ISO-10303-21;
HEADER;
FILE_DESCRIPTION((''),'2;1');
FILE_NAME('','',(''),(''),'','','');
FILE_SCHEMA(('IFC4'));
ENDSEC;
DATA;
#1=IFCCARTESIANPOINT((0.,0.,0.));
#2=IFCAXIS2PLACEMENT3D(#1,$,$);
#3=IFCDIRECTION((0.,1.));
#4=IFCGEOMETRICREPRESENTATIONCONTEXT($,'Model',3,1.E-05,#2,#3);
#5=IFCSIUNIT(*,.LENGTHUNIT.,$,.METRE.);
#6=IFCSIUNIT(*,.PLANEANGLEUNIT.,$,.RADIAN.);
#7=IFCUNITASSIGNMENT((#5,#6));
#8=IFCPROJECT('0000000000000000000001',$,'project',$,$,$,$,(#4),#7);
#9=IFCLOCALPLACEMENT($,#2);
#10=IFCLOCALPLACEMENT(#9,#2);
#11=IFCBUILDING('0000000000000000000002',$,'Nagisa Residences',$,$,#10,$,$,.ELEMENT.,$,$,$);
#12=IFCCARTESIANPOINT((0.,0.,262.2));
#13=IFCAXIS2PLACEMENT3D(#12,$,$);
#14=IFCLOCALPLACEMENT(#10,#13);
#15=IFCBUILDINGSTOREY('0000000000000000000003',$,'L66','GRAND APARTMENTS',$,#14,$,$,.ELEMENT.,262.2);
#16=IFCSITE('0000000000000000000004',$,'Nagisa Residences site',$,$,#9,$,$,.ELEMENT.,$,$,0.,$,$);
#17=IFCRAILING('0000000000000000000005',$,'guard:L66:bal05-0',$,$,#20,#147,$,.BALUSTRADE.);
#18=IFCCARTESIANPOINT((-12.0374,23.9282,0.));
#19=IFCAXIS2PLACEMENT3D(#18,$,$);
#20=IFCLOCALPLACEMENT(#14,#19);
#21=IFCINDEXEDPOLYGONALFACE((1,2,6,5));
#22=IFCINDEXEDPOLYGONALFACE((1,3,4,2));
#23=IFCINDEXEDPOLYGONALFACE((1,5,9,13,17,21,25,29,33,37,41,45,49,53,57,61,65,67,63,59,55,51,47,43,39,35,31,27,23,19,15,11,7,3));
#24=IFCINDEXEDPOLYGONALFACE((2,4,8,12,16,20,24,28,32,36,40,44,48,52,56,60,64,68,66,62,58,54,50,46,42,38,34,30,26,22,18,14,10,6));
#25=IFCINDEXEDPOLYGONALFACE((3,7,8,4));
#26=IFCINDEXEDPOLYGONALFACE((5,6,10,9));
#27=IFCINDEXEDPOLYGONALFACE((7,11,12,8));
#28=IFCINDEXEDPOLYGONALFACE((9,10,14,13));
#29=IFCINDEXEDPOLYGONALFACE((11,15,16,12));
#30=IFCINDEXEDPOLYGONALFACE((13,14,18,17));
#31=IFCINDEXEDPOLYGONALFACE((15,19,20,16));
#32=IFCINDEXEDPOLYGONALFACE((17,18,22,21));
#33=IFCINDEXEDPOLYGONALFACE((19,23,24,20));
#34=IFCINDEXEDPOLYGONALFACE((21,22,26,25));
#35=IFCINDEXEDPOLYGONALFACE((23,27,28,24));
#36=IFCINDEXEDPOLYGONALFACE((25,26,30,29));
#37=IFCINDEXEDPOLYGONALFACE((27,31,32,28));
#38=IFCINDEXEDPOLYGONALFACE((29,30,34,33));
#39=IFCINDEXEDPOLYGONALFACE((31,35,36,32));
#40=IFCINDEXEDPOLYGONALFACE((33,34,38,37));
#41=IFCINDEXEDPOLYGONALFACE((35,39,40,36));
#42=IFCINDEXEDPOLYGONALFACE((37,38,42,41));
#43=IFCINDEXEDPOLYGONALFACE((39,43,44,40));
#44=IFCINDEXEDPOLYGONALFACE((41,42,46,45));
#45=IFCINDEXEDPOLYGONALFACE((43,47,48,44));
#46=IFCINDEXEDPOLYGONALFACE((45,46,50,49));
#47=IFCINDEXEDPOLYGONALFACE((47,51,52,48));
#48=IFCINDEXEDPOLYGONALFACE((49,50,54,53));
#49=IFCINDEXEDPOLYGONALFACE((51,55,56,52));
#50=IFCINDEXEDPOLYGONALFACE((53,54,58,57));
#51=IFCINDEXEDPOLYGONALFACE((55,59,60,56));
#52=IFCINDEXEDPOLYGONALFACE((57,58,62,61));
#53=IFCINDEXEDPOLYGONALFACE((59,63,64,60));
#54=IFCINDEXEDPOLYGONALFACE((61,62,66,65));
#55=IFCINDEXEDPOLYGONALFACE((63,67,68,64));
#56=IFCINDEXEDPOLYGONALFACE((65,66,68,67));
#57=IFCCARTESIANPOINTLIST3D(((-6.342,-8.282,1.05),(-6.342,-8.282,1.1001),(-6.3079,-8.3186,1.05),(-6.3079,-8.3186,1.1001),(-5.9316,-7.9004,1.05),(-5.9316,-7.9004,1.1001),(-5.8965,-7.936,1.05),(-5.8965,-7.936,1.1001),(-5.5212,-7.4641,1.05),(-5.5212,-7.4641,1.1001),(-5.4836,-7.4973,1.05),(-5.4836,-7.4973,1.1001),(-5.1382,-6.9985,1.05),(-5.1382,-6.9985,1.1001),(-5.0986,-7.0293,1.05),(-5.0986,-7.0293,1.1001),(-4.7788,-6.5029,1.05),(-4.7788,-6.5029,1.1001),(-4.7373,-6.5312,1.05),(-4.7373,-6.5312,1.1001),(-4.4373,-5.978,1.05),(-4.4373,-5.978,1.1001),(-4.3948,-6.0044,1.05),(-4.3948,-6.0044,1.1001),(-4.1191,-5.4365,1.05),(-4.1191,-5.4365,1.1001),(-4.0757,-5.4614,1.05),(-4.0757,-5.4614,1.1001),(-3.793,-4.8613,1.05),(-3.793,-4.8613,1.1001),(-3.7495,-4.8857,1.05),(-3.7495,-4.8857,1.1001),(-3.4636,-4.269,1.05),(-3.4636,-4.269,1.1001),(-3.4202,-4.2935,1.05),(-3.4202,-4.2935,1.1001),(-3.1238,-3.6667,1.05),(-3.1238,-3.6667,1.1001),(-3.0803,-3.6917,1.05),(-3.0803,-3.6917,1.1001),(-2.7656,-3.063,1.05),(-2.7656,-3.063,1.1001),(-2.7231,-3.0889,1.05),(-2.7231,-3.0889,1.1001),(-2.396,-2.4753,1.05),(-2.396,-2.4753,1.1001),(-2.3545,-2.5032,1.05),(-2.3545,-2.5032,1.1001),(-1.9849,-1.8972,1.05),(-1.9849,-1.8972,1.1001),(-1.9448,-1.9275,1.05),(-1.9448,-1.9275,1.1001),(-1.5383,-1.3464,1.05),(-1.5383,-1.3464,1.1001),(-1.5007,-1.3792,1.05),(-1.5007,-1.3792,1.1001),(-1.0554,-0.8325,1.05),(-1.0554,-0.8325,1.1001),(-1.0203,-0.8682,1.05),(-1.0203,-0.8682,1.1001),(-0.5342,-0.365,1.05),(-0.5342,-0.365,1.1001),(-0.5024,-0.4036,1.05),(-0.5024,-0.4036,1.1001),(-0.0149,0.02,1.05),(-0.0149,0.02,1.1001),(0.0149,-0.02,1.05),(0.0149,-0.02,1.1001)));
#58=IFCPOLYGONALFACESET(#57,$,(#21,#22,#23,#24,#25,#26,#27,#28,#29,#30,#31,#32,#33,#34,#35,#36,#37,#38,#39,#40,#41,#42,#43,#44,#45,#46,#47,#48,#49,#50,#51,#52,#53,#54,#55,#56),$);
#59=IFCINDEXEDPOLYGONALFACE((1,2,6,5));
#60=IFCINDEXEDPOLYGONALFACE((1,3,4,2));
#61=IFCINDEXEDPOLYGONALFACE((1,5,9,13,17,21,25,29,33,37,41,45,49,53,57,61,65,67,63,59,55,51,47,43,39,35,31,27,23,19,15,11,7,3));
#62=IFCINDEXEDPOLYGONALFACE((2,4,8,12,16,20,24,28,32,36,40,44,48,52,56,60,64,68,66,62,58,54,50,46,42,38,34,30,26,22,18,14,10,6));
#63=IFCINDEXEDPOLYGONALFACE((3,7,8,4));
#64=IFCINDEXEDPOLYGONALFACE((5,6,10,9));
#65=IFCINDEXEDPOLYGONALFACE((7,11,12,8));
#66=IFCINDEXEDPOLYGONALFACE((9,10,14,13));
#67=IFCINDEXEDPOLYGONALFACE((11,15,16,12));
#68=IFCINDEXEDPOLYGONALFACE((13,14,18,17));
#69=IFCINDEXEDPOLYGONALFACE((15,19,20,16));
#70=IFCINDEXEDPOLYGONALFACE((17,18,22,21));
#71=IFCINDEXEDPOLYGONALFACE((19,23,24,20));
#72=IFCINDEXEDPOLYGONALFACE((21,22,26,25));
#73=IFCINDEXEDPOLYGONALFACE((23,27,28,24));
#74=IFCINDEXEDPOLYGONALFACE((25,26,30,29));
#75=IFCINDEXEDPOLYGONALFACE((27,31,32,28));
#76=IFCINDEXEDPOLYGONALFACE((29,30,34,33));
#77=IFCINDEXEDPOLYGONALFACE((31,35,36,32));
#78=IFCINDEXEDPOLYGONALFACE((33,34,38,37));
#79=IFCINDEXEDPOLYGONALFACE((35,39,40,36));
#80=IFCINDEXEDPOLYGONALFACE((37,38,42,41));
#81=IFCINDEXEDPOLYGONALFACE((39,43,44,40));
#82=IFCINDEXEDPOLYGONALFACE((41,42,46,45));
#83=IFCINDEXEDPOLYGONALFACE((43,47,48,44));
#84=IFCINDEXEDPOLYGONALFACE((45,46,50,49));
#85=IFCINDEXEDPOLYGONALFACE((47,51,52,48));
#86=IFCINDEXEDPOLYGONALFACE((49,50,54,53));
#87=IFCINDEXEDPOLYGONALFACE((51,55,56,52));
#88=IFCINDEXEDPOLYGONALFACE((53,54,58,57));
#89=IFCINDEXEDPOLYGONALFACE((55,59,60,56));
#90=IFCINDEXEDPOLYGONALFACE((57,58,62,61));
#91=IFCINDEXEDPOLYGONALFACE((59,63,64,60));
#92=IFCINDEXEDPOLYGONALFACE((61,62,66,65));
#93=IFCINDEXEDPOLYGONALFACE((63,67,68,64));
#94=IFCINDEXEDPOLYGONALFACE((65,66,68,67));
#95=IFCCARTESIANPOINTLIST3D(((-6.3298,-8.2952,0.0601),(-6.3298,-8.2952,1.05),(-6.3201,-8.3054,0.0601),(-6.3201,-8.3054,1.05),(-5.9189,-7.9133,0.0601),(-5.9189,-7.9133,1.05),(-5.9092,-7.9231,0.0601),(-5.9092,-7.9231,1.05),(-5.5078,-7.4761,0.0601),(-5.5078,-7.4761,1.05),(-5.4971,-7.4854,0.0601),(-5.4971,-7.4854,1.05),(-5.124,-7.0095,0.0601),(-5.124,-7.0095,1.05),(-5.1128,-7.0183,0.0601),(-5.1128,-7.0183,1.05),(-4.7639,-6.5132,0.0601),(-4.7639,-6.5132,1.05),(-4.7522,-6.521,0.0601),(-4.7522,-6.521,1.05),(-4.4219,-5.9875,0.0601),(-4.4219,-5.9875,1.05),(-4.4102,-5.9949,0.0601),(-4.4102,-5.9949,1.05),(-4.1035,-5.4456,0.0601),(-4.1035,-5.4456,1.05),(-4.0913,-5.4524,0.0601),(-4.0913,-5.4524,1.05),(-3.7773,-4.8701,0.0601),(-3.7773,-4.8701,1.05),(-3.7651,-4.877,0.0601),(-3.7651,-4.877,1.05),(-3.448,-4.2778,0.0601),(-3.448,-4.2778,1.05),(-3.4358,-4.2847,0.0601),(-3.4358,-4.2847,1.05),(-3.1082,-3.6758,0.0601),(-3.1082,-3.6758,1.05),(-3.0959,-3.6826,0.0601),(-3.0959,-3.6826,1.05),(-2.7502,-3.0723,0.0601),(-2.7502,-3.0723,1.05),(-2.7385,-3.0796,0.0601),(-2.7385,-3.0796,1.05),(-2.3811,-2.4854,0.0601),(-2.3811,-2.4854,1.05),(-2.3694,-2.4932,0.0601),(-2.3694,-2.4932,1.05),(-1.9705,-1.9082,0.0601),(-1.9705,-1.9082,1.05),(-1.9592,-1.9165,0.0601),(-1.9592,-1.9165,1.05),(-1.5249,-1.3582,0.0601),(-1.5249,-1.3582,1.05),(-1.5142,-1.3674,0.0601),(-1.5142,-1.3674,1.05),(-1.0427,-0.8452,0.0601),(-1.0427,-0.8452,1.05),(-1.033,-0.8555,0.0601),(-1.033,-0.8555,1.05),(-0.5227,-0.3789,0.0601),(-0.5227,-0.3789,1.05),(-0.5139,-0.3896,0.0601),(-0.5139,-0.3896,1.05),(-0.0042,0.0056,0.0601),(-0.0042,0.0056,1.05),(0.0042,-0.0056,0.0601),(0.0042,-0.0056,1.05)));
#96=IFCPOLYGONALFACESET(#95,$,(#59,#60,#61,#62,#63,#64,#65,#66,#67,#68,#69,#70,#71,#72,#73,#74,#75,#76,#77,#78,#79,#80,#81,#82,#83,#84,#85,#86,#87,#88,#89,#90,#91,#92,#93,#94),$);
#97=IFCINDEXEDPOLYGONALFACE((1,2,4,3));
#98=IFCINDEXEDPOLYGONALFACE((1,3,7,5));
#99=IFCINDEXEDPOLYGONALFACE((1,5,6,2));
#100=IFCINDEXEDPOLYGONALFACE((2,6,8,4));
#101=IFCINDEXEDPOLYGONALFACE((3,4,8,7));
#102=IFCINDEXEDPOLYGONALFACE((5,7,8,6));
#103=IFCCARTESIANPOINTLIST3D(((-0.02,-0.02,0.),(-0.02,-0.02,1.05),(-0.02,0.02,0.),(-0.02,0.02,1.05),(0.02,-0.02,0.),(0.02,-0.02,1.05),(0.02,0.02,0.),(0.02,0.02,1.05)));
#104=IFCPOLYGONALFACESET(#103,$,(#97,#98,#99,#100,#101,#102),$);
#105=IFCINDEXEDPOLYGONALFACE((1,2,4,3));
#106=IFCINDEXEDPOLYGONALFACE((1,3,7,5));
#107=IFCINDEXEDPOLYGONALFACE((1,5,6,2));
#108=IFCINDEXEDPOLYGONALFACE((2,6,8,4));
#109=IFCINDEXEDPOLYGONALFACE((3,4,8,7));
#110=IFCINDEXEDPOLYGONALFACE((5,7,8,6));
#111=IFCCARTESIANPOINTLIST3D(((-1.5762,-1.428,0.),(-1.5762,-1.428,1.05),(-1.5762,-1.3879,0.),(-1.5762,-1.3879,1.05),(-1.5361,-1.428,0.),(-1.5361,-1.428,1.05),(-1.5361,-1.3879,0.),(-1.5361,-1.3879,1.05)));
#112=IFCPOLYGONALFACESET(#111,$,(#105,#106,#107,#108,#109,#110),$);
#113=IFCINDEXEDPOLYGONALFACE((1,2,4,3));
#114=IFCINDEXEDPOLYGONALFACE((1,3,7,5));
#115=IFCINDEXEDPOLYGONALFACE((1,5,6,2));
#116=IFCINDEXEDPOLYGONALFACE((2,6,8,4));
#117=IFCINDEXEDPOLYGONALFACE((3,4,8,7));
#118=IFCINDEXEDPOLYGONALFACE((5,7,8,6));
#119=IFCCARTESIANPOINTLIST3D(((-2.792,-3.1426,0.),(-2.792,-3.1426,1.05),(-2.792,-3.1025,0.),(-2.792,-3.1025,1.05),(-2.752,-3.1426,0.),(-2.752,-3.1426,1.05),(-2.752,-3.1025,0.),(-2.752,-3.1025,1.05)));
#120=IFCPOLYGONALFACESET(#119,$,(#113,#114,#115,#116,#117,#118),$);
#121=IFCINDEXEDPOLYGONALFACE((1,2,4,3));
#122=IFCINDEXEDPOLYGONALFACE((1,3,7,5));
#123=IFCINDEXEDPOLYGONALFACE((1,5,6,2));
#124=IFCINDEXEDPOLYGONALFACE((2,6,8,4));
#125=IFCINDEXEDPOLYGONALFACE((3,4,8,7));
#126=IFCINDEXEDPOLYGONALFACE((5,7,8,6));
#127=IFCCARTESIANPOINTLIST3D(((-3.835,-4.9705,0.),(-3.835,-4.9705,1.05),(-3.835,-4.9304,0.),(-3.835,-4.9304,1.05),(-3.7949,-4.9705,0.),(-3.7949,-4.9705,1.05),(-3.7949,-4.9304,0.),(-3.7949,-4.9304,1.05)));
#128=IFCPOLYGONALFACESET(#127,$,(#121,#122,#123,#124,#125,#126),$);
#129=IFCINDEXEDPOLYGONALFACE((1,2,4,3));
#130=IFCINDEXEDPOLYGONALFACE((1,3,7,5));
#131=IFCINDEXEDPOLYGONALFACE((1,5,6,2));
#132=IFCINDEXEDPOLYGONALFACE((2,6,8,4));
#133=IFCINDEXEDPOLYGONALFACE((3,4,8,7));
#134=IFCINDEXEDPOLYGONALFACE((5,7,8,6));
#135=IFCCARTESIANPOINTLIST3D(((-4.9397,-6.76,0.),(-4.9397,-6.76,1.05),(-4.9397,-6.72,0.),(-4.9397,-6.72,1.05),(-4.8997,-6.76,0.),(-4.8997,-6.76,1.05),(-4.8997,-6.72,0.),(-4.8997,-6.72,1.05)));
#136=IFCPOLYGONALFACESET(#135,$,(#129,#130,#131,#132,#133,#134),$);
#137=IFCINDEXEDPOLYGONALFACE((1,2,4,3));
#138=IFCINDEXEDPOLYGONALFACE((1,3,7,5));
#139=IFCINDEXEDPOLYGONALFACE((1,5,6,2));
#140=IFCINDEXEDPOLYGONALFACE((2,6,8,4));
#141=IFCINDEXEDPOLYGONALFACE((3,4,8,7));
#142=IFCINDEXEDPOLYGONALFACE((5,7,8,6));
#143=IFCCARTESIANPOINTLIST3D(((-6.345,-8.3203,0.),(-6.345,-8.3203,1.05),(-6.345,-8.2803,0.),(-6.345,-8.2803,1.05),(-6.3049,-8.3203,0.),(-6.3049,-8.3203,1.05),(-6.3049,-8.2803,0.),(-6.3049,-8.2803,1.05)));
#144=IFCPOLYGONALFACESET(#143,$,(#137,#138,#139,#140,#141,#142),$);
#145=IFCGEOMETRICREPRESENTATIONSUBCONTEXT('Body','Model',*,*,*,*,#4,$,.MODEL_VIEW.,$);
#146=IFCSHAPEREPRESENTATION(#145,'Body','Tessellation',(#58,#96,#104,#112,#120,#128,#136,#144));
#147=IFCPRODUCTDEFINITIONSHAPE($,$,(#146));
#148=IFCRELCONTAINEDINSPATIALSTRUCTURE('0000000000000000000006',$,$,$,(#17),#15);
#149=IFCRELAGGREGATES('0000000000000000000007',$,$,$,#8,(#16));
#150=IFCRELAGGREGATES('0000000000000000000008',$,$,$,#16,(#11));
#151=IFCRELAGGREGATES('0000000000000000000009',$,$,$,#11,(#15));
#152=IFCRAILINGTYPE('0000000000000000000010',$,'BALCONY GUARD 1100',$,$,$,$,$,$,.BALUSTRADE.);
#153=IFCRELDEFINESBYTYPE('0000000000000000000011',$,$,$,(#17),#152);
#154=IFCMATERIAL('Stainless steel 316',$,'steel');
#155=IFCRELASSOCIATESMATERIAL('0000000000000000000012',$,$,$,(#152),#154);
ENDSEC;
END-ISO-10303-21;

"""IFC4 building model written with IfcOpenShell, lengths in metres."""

from ifc_helpers import new_model, si_unit, direction, frame, origin, origin_2d, place, context, subcontext, project, spatial, polyline, rectangle, outline, extrude, material, type_object, element, save


model = new_model("IFC4")

# Units and contexts
model_context = context("Model", 3, precision=1e-05, world=origin(), true_north=direction((0.0, 1.0)))
body_context = subcontext(model_context, "Body", "Model", "MODEL_VIEW")
ifc_project = project(units=[si_unit("LENGTHUNIT", "METRE"), si_unit("PLANEANGLEUNIT", "RADIAN")], contexts=[model_context])

# Site, building, storey
site_placement = place(None, origin())
site = spatial("IfcSite", under=ifc_project, at=site_placement, Name="Nagisa Residences site", CompositionType="ELEMENT", RefElevation=0.0)
building_placement = place(site_placement, origin())
building = spatial("IfcBuilding", under=site, at=building_placement, Name="Nagisa Residences", CompositionType="ELEMENT")
storey_placement = place(building_placement, frame((0.0, 0.0, 262.2)))
storey = spatial("IfcBuildingStorey", under=building, at=storey_placement, Name="L66", Description="GRAND APARTMENTS", CompositionType="ELEMENT", Elevation=262.2)

# Railing
ifc_material_1 = material(Name="Stainless steel 316", Category="steel")
railing_type = type_object("IfcRailingType", Name="BALCONY GUARD 1100", PredefinedType="BALUSTRADE", material=ifc_material_1)
railing_1_placement = place(storey_placement, frame((-12.0374, 23.9282, 0.0)))
element("IfcRailing", 1, at=railing_1_placement, inside=storey, type_object=railing_type, Name="guard:L66:bal05-0", PredefinedType="BALUSTRADE", context=body_context, shape_type="SweptSolid", body=[
    extrude(outline(polyline([(-0.5024, -0.4036), (0.0149, -0.02), (-0.0149, 0.02), (-0.5342, -0.365), (-1.0554, -0.8325), (-1.5383, -1.3464), (-1.9849, -1.8972), (-2.396, -2.4753), (-2.7656, -3.063), (-3.1238, -3.6667), (-3.4636, -4.269), (-3.793, -4.8613), (-4.1191, -5.4365), (-4.4373, -5.978), (-4.7788, -6.5029), (-5.1382, -6.9985), (-5.5212, -7.4641), (-5.9316, -7.9004), (-6.342, -8.282), (-6.3079, -8.3186), (-5.8965, -7.936), (-5.4836, -7.4973), (-5.0986, -7.0293), (-4.7373, -6.5312), (-4.3948, -6.0044), (-4.0757, -5.4614), (-3.7495, -4.8857), (-3.4202, -4.2935), (-3.0803, -3.6917), (-2.7231, -3.0889), (-2.3545, -2.5032), (-1.9448, -1.9275), (-1.5007, -1.3792), (-1.0203, -0.8682), (-0.5024, -0.4036)])), frame((0.0, 0.0, 1.05)), (0.0, 0.0, 1.0), 0.05),
    extrude(outline(polyline([(-0.5139, -0.3896), (0.0042, -0.0056), (-0.0042, 0.0056), (-0.5227, -0.3789), (-1.0427, -0.8452), (-1.5249, -1.3582), (-1.9705, -1.9082), (-2.3811, -2.4854), (-2.7502, -3.0723), (-3.1082, -3.6758), (-3.448, -4.2778), (-3.7773, -4.8701), (-4.1035, -5.4456), (-4.4219, -5.9875), (-4.7639, -6.5132), (-5.124, -7.0095), (-5.5078, -7.4761), (-5.9189, -7.9133), (-6.3298, -8.2952), (-6.3201, -8.3054), (-5.9092, -7.9231), (-5.4971, -7.4854), (-5.1128, -7.0183), (-4.7522, -6.521), (-4.4102, -5.9949), (-4.0913, -5.4524), (-3.7651, -4.877), (-3.4358, -4.2847), (-3.0959, -3.6826), (-2.7385, -3.0796), (-2.3694, -2.4932), (-1.9592, -1.9165), (-1.5142, -1.3674), (-1.033, -0.8555), (-0.5139, -0.3896)])), frame((0.0, 0.0, 0.0601)), (0.0, 0.0, 1.0), 0.99),
    extrude(rectangle(XDim=0.04, YDim=0.04, at=origin_2d()), origin(), (0.0, 0.0, 1.0), 1.05),
    extrude(rectangle(XDim=0.04, YDim=0.04, at=origin_2d()), frame((-1.5562, -1.408, 0.0)), (0.0, 0.0, 1.0), 1.05),
    extrude(rectangle(XDim=0.04, YDim=0.04, at=origin_2d()), frame((-2.772, -3.1226, 0.0)), (0.0, 0.0, 1.0), 1.05),
    extrude(rectangle(XDim=0.04, YDim=0.04, at=origin_2d()), frame((-3.8149, -4.9504, 0.0)), (0.0, 0.0, 1.0), 1.05),
    extrude(rectangle(XDim=0.04, YDim=0.04, at=origin_2d()), frame((-4.9197, -6.74, 0.0)), (0.0, 0.0, 1.0), 1.05),
    extrude(rectangle(XDim=0.04, YDim=0.04, at=origin_2d()), frame((-6.325, -8.3003, 0.0)), (0.0, 0.0, 1.0), 1.05),
])

save(model, "model.ifc")
